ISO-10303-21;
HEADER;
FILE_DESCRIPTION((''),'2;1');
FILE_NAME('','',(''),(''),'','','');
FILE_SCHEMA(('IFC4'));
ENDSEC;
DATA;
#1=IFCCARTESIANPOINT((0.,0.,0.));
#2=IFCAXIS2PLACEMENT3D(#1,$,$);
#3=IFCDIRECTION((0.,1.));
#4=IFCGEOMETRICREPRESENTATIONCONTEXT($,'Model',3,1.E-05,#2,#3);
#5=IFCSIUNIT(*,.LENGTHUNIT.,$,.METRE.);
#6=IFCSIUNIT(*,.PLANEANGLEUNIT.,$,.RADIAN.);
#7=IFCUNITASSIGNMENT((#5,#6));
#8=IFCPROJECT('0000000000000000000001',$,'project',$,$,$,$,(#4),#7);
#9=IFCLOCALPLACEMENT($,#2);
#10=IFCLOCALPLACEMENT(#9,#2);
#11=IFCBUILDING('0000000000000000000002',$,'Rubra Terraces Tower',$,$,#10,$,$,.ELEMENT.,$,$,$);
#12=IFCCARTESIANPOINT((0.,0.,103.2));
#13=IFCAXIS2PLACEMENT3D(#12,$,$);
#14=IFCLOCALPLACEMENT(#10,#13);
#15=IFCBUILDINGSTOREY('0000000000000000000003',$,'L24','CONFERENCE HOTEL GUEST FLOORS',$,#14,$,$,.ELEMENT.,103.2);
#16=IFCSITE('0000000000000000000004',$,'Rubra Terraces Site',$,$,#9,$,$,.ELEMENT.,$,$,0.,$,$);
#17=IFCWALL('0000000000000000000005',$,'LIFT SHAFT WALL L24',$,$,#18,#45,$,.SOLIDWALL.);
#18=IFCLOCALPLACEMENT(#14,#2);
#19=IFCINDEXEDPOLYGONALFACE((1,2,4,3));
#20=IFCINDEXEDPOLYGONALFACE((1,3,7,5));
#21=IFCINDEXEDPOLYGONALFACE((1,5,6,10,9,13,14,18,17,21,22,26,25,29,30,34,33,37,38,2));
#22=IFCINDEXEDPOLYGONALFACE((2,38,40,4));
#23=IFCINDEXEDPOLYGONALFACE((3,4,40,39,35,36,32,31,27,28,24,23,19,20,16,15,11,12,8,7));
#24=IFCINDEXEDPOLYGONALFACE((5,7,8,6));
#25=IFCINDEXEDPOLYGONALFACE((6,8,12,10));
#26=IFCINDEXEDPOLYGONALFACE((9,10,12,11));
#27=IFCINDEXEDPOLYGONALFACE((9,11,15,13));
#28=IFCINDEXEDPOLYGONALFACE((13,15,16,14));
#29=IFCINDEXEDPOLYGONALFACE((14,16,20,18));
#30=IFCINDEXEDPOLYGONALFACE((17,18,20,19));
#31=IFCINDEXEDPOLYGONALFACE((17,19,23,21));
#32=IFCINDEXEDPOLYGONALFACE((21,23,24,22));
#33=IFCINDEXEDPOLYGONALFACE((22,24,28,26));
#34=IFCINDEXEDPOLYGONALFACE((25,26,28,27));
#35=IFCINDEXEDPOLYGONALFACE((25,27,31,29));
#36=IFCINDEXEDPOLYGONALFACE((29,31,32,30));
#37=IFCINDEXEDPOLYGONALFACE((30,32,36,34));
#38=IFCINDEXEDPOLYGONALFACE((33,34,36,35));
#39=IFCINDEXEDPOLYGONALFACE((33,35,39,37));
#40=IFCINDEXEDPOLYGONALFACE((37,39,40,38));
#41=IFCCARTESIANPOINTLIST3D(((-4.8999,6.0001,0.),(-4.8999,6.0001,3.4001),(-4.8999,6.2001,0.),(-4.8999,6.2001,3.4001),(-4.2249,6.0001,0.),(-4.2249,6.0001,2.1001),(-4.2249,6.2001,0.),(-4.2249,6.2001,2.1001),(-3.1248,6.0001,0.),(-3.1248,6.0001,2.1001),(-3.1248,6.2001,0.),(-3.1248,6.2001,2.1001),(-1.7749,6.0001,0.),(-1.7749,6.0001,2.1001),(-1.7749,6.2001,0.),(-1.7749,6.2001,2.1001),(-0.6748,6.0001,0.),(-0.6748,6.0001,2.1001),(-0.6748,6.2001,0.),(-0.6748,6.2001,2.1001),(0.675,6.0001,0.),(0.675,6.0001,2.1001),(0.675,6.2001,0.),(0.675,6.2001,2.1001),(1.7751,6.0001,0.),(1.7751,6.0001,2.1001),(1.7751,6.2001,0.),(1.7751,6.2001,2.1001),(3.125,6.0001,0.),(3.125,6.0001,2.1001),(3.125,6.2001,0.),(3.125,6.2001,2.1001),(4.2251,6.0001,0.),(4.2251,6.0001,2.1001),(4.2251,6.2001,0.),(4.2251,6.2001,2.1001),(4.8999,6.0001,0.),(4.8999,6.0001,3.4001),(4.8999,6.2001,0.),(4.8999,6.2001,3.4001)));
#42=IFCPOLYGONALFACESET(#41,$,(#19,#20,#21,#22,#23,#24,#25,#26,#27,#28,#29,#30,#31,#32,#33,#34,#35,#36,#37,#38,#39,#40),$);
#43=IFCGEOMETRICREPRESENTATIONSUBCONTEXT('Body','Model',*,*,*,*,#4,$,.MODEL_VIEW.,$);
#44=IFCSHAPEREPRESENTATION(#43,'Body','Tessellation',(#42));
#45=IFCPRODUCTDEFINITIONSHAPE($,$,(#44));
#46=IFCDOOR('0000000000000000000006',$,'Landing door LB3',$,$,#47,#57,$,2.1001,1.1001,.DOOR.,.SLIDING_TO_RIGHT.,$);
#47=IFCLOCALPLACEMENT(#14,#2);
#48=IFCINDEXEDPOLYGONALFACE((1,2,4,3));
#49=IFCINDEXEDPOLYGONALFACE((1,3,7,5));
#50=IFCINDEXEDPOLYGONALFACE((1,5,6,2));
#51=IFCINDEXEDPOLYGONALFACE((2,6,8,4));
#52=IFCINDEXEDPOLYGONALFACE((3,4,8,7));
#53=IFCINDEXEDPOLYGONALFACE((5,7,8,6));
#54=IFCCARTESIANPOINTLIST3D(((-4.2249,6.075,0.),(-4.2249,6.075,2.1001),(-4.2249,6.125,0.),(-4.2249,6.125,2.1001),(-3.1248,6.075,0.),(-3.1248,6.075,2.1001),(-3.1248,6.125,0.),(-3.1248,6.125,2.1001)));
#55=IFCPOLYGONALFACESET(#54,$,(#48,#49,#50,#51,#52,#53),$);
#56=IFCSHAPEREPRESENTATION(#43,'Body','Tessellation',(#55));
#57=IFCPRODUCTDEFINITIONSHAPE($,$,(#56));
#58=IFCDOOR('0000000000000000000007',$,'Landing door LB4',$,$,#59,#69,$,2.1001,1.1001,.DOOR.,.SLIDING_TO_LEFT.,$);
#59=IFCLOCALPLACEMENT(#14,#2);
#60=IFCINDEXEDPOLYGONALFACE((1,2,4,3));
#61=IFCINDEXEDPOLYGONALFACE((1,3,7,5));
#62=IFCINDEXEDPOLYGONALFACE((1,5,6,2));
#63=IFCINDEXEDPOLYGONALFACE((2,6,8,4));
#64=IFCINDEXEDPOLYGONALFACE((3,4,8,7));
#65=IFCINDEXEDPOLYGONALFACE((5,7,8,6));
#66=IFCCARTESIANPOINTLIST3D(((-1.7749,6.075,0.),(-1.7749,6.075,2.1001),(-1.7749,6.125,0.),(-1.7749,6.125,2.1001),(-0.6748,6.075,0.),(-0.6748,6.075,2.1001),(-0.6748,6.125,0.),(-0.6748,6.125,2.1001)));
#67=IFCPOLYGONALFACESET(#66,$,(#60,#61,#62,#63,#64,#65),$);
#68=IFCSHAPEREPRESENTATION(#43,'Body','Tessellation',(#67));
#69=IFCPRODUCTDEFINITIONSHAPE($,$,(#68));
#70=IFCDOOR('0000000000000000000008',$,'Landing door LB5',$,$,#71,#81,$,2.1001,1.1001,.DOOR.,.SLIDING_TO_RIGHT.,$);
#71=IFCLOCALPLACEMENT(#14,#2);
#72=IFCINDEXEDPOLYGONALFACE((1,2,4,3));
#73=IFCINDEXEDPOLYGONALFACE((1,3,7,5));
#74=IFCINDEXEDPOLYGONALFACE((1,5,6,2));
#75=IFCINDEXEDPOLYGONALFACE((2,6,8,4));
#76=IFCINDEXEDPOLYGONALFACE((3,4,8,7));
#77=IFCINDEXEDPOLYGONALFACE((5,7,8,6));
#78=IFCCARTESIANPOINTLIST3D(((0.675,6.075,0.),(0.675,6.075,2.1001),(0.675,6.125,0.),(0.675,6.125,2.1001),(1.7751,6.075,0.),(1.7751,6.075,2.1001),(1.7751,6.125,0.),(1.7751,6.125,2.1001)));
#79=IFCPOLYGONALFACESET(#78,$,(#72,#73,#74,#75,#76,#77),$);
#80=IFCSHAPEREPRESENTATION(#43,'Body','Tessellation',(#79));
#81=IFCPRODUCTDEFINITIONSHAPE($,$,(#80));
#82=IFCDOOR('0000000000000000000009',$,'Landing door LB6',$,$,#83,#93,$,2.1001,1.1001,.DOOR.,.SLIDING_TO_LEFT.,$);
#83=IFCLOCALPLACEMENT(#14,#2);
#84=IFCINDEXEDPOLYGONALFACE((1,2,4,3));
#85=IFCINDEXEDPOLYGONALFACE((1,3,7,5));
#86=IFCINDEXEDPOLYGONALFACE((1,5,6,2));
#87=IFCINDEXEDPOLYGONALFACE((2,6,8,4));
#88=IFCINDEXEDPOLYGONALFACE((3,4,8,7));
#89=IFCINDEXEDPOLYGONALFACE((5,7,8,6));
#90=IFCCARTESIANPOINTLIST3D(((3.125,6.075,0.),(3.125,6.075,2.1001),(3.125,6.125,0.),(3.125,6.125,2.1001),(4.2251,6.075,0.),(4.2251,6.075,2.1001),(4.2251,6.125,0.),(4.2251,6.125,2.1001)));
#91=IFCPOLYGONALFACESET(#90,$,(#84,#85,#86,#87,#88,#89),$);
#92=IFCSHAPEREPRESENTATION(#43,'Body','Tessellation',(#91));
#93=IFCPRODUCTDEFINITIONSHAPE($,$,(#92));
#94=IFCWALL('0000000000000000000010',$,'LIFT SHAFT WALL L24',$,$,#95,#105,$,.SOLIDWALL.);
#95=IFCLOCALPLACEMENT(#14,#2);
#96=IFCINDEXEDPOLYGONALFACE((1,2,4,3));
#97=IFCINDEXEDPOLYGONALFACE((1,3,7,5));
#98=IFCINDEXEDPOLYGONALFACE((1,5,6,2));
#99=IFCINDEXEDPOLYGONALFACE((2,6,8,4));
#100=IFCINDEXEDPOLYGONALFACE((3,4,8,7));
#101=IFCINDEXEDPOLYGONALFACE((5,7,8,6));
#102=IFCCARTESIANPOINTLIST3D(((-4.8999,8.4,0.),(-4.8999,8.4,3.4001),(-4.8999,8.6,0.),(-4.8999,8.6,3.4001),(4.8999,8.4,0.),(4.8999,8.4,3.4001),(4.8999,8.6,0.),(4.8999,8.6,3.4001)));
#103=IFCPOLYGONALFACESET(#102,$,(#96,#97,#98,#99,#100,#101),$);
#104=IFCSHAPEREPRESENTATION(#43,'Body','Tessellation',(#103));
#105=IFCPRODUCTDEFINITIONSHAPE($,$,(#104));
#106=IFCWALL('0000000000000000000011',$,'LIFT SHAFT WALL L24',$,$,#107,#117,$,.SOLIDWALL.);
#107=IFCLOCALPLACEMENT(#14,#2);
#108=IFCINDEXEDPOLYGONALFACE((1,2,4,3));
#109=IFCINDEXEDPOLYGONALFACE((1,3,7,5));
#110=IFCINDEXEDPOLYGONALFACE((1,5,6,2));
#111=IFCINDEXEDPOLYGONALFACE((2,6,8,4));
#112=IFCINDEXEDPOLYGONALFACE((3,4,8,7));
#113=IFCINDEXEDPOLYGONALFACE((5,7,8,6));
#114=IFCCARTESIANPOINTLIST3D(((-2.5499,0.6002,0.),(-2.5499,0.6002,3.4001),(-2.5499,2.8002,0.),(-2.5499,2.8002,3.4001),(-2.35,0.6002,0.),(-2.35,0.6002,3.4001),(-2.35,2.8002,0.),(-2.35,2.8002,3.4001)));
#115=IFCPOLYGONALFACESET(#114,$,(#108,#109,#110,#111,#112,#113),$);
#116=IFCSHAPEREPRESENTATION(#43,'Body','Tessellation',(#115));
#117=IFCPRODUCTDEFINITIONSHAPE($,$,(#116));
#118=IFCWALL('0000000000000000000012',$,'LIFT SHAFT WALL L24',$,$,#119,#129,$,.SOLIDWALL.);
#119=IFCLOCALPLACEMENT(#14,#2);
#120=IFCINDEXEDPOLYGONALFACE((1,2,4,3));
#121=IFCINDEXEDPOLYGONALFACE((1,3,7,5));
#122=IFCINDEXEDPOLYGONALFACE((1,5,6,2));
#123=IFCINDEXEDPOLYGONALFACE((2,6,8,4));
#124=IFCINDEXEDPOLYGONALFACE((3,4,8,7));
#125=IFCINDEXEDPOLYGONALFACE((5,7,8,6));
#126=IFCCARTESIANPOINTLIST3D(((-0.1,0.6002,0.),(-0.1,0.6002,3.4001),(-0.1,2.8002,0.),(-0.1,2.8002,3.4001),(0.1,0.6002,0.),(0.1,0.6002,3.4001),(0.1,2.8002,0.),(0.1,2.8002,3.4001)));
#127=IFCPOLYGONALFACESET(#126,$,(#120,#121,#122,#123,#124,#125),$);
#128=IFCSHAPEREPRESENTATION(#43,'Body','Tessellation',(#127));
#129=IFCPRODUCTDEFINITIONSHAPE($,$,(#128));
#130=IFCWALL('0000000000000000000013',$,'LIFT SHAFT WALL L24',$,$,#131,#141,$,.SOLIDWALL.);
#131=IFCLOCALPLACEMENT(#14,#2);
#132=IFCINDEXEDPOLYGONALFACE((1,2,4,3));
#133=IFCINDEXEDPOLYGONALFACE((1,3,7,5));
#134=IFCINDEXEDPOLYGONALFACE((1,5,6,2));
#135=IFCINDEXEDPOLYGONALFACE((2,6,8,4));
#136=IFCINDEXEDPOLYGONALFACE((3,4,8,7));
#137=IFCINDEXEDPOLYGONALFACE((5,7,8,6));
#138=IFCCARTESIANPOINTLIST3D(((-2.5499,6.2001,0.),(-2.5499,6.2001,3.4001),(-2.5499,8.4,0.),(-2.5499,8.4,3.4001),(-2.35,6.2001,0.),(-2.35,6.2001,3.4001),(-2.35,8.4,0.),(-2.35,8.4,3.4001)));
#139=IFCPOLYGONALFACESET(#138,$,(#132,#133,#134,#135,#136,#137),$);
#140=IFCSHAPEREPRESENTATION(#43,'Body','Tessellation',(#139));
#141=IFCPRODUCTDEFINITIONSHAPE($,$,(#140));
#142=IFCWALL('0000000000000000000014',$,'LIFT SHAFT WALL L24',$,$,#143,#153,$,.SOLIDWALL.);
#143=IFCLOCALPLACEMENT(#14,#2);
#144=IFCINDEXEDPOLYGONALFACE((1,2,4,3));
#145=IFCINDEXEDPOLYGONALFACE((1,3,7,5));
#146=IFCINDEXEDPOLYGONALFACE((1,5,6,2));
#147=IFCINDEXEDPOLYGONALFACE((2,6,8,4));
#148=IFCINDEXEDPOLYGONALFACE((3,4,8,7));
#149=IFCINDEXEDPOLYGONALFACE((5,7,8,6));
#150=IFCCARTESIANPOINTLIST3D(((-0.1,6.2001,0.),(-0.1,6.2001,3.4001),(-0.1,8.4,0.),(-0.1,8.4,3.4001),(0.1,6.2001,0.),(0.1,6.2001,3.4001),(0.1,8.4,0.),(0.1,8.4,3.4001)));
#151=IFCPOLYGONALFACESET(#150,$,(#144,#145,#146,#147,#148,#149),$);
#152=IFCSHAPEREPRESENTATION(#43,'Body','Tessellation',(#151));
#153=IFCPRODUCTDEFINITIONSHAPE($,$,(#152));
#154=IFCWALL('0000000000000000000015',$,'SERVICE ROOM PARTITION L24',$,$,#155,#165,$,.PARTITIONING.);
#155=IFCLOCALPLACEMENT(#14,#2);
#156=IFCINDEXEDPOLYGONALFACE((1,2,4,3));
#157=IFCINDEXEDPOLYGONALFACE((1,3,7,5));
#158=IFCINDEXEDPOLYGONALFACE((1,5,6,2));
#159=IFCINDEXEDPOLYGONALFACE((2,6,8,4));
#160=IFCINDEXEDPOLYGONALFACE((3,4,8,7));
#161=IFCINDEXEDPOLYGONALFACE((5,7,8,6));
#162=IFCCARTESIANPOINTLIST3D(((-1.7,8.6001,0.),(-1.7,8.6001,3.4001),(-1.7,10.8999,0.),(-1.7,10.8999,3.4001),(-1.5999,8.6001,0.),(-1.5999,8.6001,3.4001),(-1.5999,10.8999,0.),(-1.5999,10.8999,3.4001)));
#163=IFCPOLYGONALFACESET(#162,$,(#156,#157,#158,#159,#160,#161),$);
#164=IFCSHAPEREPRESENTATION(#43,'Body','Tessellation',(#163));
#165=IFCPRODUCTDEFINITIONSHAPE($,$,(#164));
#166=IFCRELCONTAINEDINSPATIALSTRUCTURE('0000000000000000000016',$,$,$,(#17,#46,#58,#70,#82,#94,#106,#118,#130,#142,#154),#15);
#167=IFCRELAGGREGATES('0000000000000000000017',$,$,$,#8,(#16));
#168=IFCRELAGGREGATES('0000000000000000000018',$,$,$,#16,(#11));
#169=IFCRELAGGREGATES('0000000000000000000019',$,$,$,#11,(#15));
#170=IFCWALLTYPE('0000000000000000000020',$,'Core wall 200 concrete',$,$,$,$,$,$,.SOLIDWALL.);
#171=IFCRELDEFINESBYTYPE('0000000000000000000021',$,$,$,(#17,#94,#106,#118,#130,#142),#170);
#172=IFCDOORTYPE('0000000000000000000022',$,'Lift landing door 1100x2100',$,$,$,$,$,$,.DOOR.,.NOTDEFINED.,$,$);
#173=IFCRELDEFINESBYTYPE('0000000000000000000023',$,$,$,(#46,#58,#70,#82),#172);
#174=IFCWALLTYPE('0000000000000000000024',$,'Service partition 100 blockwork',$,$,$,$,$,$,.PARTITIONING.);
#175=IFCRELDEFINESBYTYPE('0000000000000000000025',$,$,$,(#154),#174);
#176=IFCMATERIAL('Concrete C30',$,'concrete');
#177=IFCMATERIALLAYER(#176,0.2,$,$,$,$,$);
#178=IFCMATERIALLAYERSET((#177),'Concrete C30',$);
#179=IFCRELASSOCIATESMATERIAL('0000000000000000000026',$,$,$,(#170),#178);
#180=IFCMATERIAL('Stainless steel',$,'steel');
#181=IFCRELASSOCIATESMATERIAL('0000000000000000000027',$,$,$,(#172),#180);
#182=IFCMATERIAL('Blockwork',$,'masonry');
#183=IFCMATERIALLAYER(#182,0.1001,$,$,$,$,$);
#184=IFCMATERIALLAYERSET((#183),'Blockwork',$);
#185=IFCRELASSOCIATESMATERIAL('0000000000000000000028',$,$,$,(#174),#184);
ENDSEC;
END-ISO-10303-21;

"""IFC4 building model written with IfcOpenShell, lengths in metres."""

from ifc_helpers import new_model, si_unit, direction, frame, frame_2d, origin, place, context, subcontext, project, spatial, rectangle, extrude, material, layer, layer_set, type_object, element, fill, save


model = new_model("IFC4")

# Units and contexts
model_context = context("Model", 3, precision=1e-05, world=origin(), true_north=direction((0.0, 1.0)))
body_context = subcontext(model_context, "Body", "Model", "MODEL_VIEW")
ifc_project = project(units=[si_unit("LENGTHUNIT", "METRE"), si_unit("PLANEANGLEUNIT", "RADIAN")], contexts=[model_context])

# Site, building, storey
site_placement = place(None, origin())
site = spatial("IfcSite", under=ifc_project, at=site_placement, Name="Rubra Terraces Site", CompositionType="ELEMENT", RefElevation=0.0)
building_placement = place(site_placement, origin())
building = spatial("IfcBuilding", under=site, at=building_placement, Name="Rubra Terraces Tower", CompositionType="ELEMENT")
storey_placement = place(building_placement, frame((0.0, 0.0, 103.2)))
storey = spatial("IfcBuildingStorey", under=building, at=storey_placement, Name="L24", Description="CONFERENCE HOTEL GUEST FLOORS", CompositionType="ELEMENT", Elevation=103.2)

# Shared definitions
ifc_material_1 = material(Name="Concrete C30", Category="concrete")
ifc_layer_1 = layer(ifc_material_1, 0.2)
ifc_layer_set_1 = layer_set([ifc_layer_1], Name="Concrete C30")
wall_type_1 = type_object("IfcWallType", Name="Core wall 200 concrete", PredefinedType="SOLIDWALL", material=ifc_layer_set_1)

# Wall, openings, doors
ifc_material_2 = material(Name="Stainless steel", Category="steel")
door_type = type_object("IfcDoorType", Name="Lift landing door 1100x2100", OperationType="NOTDEFINED", PredefinedType="DOOR", material=ifc_material_2)
wall_1_placement = place(storey_placement, frame((-4.8999, 6.1001, 0.0), z_axis=(0.0, 0.0, 1.0), x_axis=(1.0, 0.0, 0.0)))
wall_1 = element("IfcWall", 1, at=wall_1_placement, inside=storey, type_object=wall_type_1, Name="LIFT SHAFT WALL L24", PredefinedType="SOLIDWALL", context=body_context, shape_type="SweptSolid", body=[
    extrude(rectangle(XDim=9.7998, YDim=0.2, at=frame_2d((4.8999, 0.0))), origin(), (0.0, 0.0, 1.0), 3.4001),
])
opening_1_placement = place(wall_1_placement, frame((0.675, 0.0, 0.0)))
opening_1 = element("IfcOpeningElement", 2, at=opening_1_placement, cuts=wall_1, PredefinedType="OPENING", context=body_context, shape_type="SweptSolid", body=[
    extrude(rectangle(XDim=1.1001, YDim=2.1001, at=frame_2d((0.55, 1.05))), frame((0.0, 0.1099, 0.0), z_axis=(0.0, -1.0, 0.0), x_axis=(1.0, 0.0, 0.0)), (0.0, 0.0, 1.0), 0.22),
])
opening_2_placement = place(wall_1_placement, frame((3.125, 0.0, 0.0)))
opening_2 = element("IfcOpeningElement", 3, at=opening_2_placement, cuts=wall_1, PredefinedType="OPENING", context=body_context, shape_type="SweptSolid", body=[
    extrude(rectangle(XDim=1.1001, YDim=2.1001, at=frame_2d((0.55, 1.05))), frame((0.0, 0.1099, 0.0), z_axis=(0.0, -1.0, 0.0), x_axis=(1.0, 0.0, 0.0)), (0.0, 0.0, 1.0), 0.22),
])
opening_3_placement = place(wall_1_placement, frame((5.575, 0.0, 0.0)))
opening_3 = element("IfcOpeningElement", 4, at=opening_3_placement, cuts=wall_1, PredefinedType="OPENING", context=body_context, shape_type="SweptSolid", body=[
    extrude(rectangle(XDim=1.1001, YDim=2.1001, at=frame_2d((0.55, 1.05))), frame((0.0, 0.1099, 0.0), z_axis=(0.0, -1.0, 0.0), x_axis=(1.0, 0.0, 0.0)), (0.0, 0.0, 1.0), 0.22),
])
opening_4_placement = place(wall_1_placement, frame((8.0249, 0.0, 0.0)))
opening_4 = element("IfcOpeningElement", 5, at=opening_4_placement, cuts=wall_1, PredefinedType="OPENING", context=body_context, shape_type="SweptSolid", body=[
    extrude(rectangle(XDim=1.1001, YDim=2.1001, at=frame_2d((0.55, 1.05))), frame((0.0, 0.1099, 0.0), z_axis=(0.0, -1.0, 0.0), x_axis=(1.0, 0.0, 0.0)), (0.0, 0.0, 1.0), 0.22),
])
door_1_placement = place(opening_1_placement, origin())
door_1 = element("IfcDoor", 6, at=door_1_placement, inside=storey, type_object=door_type, Name="Landing door LB3", OperationType="SLIDING_TO_RIGHT", OverallHeight=2.1001, OverallWidth=1.1001, PredefinedType="DOOR", context=body_context, shape_type="SweptSolid", body=[
    extrude(rectangle(XDim=1.1001, YDim=2.1001, at=frame_2d((0.55, 1.05))), frame((0.0, 0.0249, 0.0), z_axis=(0.0, -1.0, 0.0), x_axis=(1.0, 0.0, 0.0)), (0.0, 0.0, 1.0), 0.05),
])
fill(opening_1, door_1)
door_2_placement = place(opening_2_placement, origin())
door_2 = element("IfcDoor", 7, at=door_2_placement, inside=storey, type_object=door_type, Name="Landing door LB4", OperationType="SLIDING_TO_LEFT", OverallHeight=2.1001, OverallWidth=1.1001, PredefinedType="DOOR", context=body_context, shape_type="SweptSolid", body=[
    extrude(rectangle(XDim=1.1001, YDim=2.1001, at=frame_2d((0.55, 1.05))), frame((0.0, 0.0249, 0.0), z_axis=(0.0, -1.0, 0.0), x_axis=(1.0, 0.0, 0.0)), (0.0, 0.0, 1.0), 0.05),
])
fill(opening_2, door_2)
door_3_placement = place(opening_3_placement, origin())
door_3 = element("IfcDoor", 8, at=door_3_placement, inside=storey, type_object=door_type, Name="Landing door LB5", OperationType="SLIDING_TO_RIGHT", OverallHeight=2.1001, OverallWidth=1.1001, PredefinedType="DOOR", context=body_context, shape_type="SweptSolid", body=[
    extrude(rectangle(XDim=1.1001, YDim=2.1001, at=frame_2d((0.55, 1.05))), frame((0.0, 0.0249, 0.0), z_axis=(0.0, -1.0, 0.0), x_axis=(1.0, 0.0, 0.0)), (0.0, 0.0, 1.0), 0.05),
])
fill(opening_3, door_3)
door_4_placement = place(opening_4_placement, origin())
door_4 = element("IfcDoor", 9, at=door_4_placement, inside=storey, type_object=door_type, Name="Landing door LB6", OperationType="SLIDING_TO_LEFT", OverallHeight=2.1001, OverallWidth=1.1001, PredefinedType="DOOR", context=body_context, shape_type="SweptSolid", body=[
    extrude(rectangle(XDim=1.1001, YDim=2.1001, at=frame_2d((0.55, 1.05))), frame((0.0, 0.0249, 0.0), z_axis=(0.0, -1.0, 0.0), x_axis=(1.0, 0.0, 0.0)), (0.0, 0.0, 1.0), 0.05),
])
fill(opening_4, door_4)

# Walls
wall_2_placement = place(storey_placement, frame((-4.8999, 8.5, 0.0), z_axis=(0.0, 0.0, 1.0), x_axis=(1.0, 0.0, 0.0)))
element("IfcWall", 10, at=wall_2_placement, inside=storey, type_object=wall_type_1, Name="LIFT SHAFT WALL L24", PredefinedType="SOLIDWALL", context=body_context, shape_type="SweptSolid", body=[
    extrude(rectangle(XDim=9.7998, YDim=0.2, at=frame_2d((4.8999, 0.0))), origin(), (0.0, 0.0, 1.0), 3.4001),
])
for number, where, z_axis, x_axis, name in (
    (11, (-2.45, 0.6001, 0.0), (0.0, 0.0, 1.0), (0.0, 1.0, 0.0), "LIFT SHAFT WALL L24"),
    (12, (0.0, 0.6001, 0.0), (0.0, 0.0, 1.0), (0.0, 1.0, 0.0), "LIFT SHAFT WALL L24"),
    (13, (-2.45, 6.2, 0.0), (0.0, 0.0, 1.0), (0.0, 1.0, 0.0), "LIFT SHAFT WALL L24"),
    (14, (0.0, 6.2, 0.0), (0.0, 0.0, 1.0), (0.0, 1.0, 0.0), "LIFT SHAFT WALL L24"),
):
    element("IfcWall", number, at=place(storey_placement, frame(where, z_axis=z_axis, x_axis=x_axis)), inside=storey, type_object=wall_type_1, Name=name, PredefinedType="SOLIDWALL", context=body_context, shape_type="SweptSolid", body=[
        extrude(rectangle(XDim=2.2, YDim=0.2, at=frame_2d((1.1001, 0.0))), origin(), (0.0, 0.0, 1.0), 3.4001),
    ])
ifc_material_3 = material(Name="Blockwork", Category="masonry")
ifc_layer_2 = layer(ifc_material_3, 0.1001)
ifc_layer_set_2 = layer_set([ifc_layer_2], Name="Blockwork")
wall_type_2 = type_object("IfcWallType", Name="Service partition 100 blockwork", PredefinedType="PARTITIONING", material=ifc_layer_set_2)
wall_3_placement = place(storey_placement, frame((-1.6499, 8.6001, 0.0), z_axis=(0.0, 0.0, 1.0), x_axis=(0.0, 1.0, 0.0)))
element("IfcWall", 15, at=wall_3_placement, inside=storey, type_object=wall_type_2, Name="SERVICE ROOM PARTITION L24", PredefinedType="PARTITIONING", context=body_context, shape_type="SweptSolid", body=[
    extrude(rectangle(XDim=2.2998, YDim=0.1001, at=frame_2d((1.1499, 0.0))), origin(), (0.0, 0.0, 1.0), 3.4001),
])

save(model, "model.ifc")
